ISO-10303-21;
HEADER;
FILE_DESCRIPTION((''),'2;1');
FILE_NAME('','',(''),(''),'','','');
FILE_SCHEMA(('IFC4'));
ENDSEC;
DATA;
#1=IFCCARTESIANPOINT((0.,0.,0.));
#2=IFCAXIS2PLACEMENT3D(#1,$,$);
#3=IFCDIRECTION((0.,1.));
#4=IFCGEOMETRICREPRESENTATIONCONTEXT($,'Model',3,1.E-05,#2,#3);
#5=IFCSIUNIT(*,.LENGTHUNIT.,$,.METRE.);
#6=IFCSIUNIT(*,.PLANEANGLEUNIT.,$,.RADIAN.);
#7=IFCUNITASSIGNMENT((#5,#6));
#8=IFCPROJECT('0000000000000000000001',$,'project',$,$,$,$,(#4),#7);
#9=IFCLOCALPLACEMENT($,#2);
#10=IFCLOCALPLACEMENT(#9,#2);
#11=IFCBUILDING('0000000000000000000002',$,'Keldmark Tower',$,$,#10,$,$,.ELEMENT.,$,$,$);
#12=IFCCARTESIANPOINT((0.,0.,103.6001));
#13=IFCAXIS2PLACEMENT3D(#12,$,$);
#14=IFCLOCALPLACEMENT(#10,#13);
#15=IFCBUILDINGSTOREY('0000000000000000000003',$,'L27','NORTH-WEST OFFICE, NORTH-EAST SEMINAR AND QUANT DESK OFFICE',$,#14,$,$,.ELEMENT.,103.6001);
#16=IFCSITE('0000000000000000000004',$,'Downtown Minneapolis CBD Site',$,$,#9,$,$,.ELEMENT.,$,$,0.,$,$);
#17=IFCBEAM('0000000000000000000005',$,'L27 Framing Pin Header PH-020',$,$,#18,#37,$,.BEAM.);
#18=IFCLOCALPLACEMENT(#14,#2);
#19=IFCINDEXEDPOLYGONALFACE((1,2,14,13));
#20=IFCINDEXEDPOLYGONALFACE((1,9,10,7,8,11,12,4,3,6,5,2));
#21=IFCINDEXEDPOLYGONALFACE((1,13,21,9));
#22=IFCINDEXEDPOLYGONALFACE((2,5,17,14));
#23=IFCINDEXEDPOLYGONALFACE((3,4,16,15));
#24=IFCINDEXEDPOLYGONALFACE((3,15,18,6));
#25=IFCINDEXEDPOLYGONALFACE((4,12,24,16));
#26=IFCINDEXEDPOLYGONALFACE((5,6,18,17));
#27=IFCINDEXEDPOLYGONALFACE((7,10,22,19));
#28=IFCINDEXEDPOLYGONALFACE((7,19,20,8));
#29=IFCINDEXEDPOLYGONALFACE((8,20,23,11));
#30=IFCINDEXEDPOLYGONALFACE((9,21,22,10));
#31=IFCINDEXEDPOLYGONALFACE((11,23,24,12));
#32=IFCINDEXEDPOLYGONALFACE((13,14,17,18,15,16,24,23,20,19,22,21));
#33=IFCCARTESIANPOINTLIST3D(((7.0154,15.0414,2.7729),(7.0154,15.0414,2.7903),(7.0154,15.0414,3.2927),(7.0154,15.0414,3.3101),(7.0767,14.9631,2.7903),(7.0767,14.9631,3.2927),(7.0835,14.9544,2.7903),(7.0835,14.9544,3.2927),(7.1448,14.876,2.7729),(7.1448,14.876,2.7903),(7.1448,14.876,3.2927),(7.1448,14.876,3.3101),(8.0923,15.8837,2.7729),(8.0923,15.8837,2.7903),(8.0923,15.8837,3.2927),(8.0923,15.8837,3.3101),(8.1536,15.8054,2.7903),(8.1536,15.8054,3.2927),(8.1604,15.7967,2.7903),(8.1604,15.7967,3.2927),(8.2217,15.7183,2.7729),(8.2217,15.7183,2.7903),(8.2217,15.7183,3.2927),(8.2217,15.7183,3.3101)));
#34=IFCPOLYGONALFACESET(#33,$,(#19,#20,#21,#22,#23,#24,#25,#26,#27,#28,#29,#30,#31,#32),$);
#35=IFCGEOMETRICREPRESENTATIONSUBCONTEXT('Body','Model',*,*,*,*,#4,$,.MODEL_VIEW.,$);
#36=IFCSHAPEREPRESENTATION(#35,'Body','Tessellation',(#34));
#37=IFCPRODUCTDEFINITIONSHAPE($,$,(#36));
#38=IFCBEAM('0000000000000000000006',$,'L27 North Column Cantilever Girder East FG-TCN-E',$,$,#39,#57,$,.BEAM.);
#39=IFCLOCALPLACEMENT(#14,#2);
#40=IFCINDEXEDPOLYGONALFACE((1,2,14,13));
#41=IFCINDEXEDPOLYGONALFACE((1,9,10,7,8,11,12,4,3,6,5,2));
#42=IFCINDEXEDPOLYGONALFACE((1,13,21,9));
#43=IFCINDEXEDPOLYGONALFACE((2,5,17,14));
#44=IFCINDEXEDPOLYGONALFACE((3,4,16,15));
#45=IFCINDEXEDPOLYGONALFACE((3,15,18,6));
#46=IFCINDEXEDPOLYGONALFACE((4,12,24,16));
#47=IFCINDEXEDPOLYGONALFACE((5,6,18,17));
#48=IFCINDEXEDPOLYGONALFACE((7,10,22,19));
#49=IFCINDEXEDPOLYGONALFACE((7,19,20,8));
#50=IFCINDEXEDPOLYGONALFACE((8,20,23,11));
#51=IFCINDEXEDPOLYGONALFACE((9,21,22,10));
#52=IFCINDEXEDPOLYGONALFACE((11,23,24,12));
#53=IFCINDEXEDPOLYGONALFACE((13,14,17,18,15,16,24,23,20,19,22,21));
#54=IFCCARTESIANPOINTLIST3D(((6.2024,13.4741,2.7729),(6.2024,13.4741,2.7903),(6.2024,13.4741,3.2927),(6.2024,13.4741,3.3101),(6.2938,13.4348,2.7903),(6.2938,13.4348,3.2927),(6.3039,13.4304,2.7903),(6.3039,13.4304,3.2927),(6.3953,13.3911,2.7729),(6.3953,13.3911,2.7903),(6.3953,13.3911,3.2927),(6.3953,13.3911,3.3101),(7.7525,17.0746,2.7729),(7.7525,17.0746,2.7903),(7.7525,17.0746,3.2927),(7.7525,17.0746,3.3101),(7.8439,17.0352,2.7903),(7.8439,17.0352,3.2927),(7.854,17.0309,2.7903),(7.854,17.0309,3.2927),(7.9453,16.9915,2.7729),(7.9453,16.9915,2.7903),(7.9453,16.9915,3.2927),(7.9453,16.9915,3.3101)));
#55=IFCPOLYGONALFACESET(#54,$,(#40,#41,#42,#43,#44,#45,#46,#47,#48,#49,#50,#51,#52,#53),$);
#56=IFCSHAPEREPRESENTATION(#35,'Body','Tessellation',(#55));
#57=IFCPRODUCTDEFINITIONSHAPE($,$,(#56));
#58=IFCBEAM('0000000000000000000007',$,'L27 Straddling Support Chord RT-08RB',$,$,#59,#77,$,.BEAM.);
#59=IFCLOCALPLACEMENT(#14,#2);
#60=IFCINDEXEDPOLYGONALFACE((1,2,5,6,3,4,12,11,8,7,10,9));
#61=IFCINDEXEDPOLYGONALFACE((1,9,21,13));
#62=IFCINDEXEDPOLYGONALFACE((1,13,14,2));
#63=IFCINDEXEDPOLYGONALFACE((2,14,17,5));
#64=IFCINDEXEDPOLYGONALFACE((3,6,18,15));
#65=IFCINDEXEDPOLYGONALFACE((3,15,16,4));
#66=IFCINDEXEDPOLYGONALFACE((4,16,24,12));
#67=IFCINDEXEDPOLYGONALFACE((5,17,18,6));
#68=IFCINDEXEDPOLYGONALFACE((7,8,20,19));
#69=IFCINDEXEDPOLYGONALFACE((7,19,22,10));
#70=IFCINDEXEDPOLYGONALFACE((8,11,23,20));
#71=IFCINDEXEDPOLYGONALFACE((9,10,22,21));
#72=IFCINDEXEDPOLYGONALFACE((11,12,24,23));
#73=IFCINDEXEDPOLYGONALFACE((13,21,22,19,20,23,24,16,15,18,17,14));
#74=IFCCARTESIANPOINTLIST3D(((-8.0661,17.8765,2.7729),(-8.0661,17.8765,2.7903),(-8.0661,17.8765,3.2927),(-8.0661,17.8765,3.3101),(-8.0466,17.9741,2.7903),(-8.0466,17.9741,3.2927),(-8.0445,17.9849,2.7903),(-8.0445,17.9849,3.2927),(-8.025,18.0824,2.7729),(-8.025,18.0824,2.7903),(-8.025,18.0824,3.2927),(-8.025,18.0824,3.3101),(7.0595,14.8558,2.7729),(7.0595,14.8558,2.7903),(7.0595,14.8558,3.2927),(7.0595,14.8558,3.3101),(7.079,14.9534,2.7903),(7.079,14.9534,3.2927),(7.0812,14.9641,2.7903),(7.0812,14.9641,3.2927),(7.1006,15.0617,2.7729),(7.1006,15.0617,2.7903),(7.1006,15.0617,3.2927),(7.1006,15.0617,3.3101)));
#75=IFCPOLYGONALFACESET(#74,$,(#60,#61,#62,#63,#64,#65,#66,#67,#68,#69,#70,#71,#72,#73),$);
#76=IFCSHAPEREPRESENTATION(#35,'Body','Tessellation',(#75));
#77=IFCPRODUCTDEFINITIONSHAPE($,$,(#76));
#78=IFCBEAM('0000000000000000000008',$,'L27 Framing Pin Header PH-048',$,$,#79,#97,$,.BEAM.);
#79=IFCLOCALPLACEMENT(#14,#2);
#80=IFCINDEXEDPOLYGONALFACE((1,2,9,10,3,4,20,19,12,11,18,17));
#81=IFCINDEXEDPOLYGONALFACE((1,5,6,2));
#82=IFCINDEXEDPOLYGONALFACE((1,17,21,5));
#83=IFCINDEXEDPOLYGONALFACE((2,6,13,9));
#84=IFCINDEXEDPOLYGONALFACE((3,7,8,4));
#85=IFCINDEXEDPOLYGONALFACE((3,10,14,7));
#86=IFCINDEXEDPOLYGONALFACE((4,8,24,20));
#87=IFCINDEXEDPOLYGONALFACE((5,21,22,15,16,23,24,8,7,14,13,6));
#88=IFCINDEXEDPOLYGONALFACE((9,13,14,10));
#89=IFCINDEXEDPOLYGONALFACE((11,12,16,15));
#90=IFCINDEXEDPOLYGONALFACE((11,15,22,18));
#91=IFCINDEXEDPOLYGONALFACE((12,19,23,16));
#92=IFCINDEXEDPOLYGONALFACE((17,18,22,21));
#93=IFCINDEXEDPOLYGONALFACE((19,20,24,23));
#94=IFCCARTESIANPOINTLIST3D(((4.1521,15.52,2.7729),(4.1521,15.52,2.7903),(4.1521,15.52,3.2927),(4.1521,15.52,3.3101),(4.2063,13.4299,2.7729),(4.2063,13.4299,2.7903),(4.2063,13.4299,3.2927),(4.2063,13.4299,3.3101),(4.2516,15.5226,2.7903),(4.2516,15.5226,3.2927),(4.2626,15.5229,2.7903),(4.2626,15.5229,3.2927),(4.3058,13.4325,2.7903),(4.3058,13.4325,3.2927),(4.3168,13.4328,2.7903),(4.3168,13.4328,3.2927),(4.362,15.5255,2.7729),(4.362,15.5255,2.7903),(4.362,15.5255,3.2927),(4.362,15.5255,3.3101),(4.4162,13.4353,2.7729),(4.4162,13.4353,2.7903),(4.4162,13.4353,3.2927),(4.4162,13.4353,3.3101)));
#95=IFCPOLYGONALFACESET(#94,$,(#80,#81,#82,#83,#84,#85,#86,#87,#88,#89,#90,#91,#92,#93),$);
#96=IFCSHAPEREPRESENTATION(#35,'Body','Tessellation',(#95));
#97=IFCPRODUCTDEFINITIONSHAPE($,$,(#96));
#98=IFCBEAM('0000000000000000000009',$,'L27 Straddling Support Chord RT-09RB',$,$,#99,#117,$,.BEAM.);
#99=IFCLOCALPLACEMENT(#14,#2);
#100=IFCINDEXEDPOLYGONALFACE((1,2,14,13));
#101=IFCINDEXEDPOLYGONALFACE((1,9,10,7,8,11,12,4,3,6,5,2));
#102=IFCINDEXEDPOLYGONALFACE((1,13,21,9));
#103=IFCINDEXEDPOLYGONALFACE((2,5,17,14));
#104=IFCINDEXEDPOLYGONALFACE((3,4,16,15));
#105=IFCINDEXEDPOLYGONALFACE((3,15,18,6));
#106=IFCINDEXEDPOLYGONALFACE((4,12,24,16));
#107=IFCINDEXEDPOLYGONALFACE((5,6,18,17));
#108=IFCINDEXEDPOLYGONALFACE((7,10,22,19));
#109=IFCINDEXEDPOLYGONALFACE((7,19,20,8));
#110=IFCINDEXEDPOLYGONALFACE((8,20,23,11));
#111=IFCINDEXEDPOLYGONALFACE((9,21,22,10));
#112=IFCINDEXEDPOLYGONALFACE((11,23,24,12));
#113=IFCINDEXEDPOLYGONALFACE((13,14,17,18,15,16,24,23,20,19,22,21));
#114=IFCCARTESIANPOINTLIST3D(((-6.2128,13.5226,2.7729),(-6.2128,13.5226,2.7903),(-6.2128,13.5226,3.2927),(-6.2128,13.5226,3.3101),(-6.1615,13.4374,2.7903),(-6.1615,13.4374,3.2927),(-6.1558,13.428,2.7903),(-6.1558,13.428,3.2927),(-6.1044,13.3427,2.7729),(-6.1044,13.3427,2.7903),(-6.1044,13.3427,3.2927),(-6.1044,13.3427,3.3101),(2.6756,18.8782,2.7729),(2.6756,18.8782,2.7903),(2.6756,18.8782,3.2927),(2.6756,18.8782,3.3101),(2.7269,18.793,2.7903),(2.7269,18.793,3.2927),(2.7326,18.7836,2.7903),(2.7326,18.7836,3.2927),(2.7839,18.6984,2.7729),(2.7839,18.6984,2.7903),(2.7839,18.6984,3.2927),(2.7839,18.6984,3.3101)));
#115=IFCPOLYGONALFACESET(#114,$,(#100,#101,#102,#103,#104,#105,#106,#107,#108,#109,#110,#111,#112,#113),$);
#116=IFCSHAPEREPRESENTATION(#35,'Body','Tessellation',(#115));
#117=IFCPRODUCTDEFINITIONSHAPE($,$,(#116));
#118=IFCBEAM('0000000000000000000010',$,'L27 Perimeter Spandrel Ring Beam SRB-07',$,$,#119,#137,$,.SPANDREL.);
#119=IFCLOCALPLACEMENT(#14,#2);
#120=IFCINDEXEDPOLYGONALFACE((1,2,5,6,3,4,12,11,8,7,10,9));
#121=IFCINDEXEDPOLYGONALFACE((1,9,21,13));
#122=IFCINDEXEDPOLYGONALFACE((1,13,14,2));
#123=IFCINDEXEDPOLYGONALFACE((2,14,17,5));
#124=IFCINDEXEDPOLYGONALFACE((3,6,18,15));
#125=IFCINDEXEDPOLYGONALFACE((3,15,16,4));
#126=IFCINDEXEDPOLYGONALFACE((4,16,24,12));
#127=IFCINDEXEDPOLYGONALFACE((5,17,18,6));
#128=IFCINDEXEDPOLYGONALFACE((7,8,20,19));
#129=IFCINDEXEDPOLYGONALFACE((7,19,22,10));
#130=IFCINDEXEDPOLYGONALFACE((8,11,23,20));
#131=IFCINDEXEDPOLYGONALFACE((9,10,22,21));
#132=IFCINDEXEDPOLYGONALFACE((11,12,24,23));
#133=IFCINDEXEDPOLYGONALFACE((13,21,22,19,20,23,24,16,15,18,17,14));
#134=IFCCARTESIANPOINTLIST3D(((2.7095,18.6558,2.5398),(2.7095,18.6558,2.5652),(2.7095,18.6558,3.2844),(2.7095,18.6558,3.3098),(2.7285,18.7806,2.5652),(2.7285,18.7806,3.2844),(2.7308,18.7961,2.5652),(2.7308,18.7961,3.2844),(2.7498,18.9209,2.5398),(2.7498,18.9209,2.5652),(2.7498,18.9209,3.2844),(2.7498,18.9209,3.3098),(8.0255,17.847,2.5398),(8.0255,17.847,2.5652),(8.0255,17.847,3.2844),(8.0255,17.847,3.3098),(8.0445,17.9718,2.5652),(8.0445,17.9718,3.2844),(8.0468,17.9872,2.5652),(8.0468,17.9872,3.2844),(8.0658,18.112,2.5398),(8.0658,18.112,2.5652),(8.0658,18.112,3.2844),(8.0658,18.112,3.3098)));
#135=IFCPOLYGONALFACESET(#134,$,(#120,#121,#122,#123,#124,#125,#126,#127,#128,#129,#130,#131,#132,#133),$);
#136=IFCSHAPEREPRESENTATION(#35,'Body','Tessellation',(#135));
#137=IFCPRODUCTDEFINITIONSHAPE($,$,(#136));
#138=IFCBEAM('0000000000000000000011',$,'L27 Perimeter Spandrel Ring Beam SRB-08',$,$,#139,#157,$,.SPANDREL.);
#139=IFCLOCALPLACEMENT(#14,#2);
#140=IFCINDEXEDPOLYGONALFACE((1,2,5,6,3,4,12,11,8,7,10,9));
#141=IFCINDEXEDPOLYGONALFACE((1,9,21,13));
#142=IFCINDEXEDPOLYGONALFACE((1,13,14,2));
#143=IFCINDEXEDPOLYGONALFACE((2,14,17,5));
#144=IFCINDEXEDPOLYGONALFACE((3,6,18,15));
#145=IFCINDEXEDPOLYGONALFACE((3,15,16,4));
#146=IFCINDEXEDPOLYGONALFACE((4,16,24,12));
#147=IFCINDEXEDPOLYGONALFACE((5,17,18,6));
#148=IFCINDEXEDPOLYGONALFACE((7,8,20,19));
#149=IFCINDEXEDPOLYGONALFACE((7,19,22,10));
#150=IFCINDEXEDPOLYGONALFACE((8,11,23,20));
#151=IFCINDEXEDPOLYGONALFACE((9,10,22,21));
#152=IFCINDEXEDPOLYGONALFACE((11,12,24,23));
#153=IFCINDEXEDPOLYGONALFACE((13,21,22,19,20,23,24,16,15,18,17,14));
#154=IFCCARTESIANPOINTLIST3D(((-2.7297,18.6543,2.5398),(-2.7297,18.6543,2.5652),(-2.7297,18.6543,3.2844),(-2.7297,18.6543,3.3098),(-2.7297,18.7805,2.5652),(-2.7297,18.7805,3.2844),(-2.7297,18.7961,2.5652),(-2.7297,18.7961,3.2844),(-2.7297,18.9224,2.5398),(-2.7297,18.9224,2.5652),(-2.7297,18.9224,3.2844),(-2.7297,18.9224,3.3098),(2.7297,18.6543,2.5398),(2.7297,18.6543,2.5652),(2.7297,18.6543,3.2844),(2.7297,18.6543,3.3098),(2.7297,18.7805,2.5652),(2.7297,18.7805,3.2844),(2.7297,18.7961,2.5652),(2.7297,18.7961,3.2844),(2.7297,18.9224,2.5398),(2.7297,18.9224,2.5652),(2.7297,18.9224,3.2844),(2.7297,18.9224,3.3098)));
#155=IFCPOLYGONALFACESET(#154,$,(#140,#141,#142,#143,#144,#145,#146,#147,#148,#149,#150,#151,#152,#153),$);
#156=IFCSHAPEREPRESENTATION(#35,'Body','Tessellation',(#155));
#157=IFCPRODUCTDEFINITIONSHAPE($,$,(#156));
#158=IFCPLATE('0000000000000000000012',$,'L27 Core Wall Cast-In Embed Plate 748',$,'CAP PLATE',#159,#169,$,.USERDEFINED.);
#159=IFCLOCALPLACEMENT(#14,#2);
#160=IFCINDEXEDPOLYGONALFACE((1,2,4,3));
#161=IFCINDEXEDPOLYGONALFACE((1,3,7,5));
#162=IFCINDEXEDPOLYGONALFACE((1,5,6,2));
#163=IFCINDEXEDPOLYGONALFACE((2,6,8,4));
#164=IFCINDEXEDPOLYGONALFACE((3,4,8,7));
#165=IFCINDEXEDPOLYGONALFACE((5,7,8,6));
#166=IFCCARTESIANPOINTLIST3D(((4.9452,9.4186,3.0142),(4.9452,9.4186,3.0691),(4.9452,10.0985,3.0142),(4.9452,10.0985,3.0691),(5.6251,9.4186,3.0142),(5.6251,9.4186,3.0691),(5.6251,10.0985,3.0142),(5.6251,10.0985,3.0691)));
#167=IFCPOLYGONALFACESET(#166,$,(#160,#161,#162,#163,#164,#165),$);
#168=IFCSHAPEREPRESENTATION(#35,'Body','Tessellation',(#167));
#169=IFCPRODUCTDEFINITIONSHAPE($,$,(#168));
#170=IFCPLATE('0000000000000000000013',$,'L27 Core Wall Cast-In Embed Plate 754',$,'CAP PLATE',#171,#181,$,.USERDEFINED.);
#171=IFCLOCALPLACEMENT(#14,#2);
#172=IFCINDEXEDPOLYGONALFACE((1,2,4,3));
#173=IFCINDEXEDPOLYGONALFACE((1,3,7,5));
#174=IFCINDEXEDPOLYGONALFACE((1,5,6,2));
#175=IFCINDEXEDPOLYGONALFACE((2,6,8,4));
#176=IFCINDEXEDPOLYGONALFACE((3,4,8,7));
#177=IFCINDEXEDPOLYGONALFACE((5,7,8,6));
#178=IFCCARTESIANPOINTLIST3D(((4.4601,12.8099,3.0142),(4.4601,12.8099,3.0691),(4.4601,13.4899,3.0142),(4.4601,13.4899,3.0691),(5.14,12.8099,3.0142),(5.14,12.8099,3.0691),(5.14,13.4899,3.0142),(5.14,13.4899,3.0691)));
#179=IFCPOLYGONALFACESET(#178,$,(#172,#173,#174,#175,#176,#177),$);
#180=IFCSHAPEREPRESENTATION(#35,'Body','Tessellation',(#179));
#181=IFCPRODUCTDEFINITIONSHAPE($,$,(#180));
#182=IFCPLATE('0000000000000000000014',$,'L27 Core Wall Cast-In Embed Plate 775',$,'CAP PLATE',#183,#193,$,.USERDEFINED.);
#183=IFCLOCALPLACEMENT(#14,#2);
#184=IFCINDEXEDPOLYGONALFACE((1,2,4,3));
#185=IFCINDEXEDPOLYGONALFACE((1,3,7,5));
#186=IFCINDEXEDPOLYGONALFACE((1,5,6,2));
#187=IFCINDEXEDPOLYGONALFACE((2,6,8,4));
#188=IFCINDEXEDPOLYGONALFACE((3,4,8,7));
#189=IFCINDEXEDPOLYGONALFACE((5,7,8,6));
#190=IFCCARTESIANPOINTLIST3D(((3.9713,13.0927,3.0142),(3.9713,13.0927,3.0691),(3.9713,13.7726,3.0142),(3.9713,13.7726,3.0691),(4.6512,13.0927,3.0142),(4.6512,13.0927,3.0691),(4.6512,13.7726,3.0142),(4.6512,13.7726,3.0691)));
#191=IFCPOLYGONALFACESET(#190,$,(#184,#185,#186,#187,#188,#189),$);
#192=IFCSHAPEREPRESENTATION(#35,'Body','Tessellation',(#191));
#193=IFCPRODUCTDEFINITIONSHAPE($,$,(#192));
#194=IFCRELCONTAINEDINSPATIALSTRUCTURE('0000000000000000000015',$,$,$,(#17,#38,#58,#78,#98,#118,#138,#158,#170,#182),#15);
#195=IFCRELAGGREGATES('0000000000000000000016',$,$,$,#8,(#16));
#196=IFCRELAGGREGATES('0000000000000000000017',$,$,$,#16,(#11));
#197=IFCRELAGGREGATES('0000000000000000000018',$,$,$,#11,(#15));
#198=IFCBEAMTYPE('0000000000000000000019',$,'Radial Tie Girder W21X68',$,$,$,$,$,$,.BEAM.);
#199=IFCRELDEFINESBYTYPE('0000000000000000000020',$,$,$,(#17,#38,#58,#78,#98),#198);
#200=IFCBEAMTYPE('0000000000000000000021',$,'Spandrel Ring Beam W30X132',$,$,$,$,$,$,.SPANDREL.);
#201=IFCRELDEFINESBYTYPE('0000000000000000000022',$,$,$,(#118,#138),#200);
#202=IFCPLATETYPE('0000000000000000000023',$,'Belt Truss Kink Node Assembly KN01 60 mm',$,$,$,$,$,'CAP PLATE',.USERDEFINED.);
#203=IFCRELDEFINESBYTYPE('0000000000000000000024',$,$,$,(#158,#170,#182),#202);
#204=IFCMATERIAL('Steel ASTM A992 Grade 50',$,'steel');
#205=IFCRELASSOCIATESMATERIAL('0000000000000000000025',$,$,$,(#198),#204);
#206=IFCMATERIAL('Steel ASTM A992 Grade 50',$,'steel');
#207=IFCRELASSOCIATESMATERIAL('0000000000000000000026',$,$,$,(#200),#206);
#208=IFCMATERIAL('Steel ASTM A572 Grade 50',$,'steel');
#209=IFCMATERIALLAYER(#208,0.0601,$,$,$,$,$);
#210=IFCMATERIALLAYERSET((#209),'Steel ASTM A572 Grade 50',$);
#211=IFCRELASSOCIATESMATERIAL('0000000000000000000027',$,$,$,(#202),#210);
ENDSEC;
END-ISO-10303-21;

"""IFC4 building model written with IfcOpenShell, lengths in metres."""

from ifc_helpers import new_model, si_unit, direction, frame, origin, origin_2d, place, context, subcontext, project, spatial, rectangle, i_section, extrude, material, layer, layer_set, material_profile, profile_set, type_object, element, save


model = new_model("IFC4")

# Units and contexts
model_context = context("Model", 3, precision=1e-05, world=origin(), true_north=direction((0.0, 1.0)))
body_context = subcontext(model_context, "Body", "Model", "MODEL_VIEW")
ifc_project = project(units=[si_unit("LENGTHUNIT", "METRE"), si_unit("PLANEANGLEUNIT", "RADIAN")], contexts=[model_context])

# Site, building, storey
site_placement = place(None, origin())
site = spatial("IfcSite", under=ifc_project, at=site_placement, Name="Downtown Minneapolis CBD Site", CompositionType="ELEMENT", RefElevation=0.0)
building_placement = place(site_placement, origin())
building = spatial("IfcBuilding", under=site, at=building_placement, Name="Keldmark Tower", CompositionType="ELEMENT")
storey_placement = place(building_placement, frame((0.0, 0.0, 103.6001)))
storey = spatial("IfcBuildingStorey", under=building, at=storey_placement, Name="L27", Description="NORTH-WEST OFFICE, NORTH-EAST SEMINAR AND QUANT DESK OFFICE", CompositionType="ELEMENT", Elevation=103.6001)

# Beams
ifc_material_1 = material(Name="Steel ASTM A992 Grade 50", Category="steel")
ifc_material_profile_1 = material_profile(ifc_material_1, i_section(OverallWidth=0.21, OverallDepth=0.5371, WebThickness=0.011, FlangeThickness=0.0173, at=origin_2d()), Name="W21X68")
ifc_profile_set_1 = profile_set([ifc_material_profile_1], Name="Steel ASTM A992 Grade 50")
beam_type_1 = type_object("IfcBeamType", Name="Radial Tie Girder W21X68", PredefinedType="BEAM", material=ifc_profile_set_1)
beam_1_placement = place(storey_placement, frame((7.0801, 14.9587, 3.0415), z_axis=(0.787686, 0.616077, 0.0), x_axis=(-0.616077, 0.787686, 0.0)))
element("IfcBeam", 1, at=beam_1_placement, inside=storey, type_object=beam_type_1, Name="L27 Framing Pin Header PH-020", PredefinedType="BEAM", context=body_context, shape_type="SweptSolid", body=[
    extrude(i_section(OverallWidth=0.21, OverallDepth=0.5371, WebThickness=0.011, FlangeThickness=0.0173, at=origin_2d()), origin(), (0.0, 0.0, 1.0), 1.3672),
])
beam_2_placement = place(storey_placement, frame((6.2988, 13.4326, 3.0415), z_axis=(0.395437, 0.918493, 0.0), x_axis=(-0.918493, 0.395437, 0.0)))
element("IfcBeam", 2, at=beam_2_placement, inside=storey, type_object=beam_type_1, Name="L27 North Column Cantilever Girder East FG-TCN-E", PredefinedType="BEAM", context=body_context, shape_type="SweptSolid", body=[
    extrude(i_section(OverallWidth=0.21, OverallDepth=0.5371, WebThickness=0.011, FlangeThickness=0.0173, at=origin_2d()), origin(), (0.0, 0.0, 1.0), 3.9199),
])
beam_3_placement = place(storey_placement, frame((7.0801, 14.9587, 3.0415), z_axis=(-0.980635, 0.195842, 0.0), x_axis=(-0.195842, -0.980635, 0.0)))
element("IfcBeam", 3, at=beam_3_placement, inside=storey, type_object=beam_type_1, Name="L27 Straddling Support Chord RT-08RB", PredefinedType="BEAM", context=body_context, shape_type="SweptSolid", body=[
    extrude(i_section(OverallWidth=0.21, OverallDepth=0.5371, WebThickness=0.011, FlangeThickness=0.0173, at=origin_2d()), origin(), (0.0, 0.0, 1.0), 15.4243),
])
beam_4_placement = place(storey_placement, frame((4.3113, 13.4326, 3.0415), z_axis=(-0.025923, 0.999664, 0.0), x_axis=(-0.999664, -0.025923, 0.0)))
element("IfcBeam", 4, at=beam_4_placement, inside=storey, type_object=beam_type_1, Name="L27 Framing Pin Header PH-048", PredefinedType="BEAM", context=body_context, shape_type="SweptSolid", body=[
    extrude(i_section(OverallWidth=0.21, OverallDepth=0.5371, WebThickness=0.011, FlangeThickness=0.0173, at=origin_2d()), origin(), (0.0, 0.0, 1.0), 2.0908),
])
beam_5_placement = place(storey_placement, frame((2.7297, 18.7883, 3.0415), z_axis=(-0.856528, -0.5161, 0.0), x_axis=(0.5161, -0.856528, 0.0)))
element("IfcBeam", 5, at=beam_5_placement, inside=storey, type_object=beam_type_1, Name="L27 Straddling Support Chord RT-09RB", PredefinedType="BEAM", context=body_context, shape_type="SweptSolid", body=[
    extrude(i_section(OverallWidth=0.21, OverallDepth=0.5371, WebThickness=0.011, FlangeThickness=0.0173, at=origin_2d()), origin(), (0.0, 0.0, 1.0), 10.3772),
])
ifc_material_2 = material(Name="Steel ASTM A992 Grade 50", Category="steel")
ifc_material_profile_2 = material_profile(ifc_material_2, i_section(OverallWidth=0.2681, OverallDepth=0.77, WebThickness=0.0156, FlangeThickness=0.0254, at=origin_2d()), Name="W30X132")
ifc_profile_set_2 = profile_set([ifc_material_profile_2], Name="Steel ASTM A992 Grade 50")
beam_type_2 = type_object("IfcBeamType", Name="Spandrel Ring Beam W30X132", PredefinedType="SPANDREL", material=ifc_profile_set_2)
beam_6_placement = place(storey_placement, frame((8.0457, 17.9795, 2.9248), z_axis=(-0.988622, 0.150423, 0.0), x_axis=(-0.150423, -0.988622, 0.0)))
element("IfcBeam", 6, at=beam_6_placement, inside=storey, type_object=beam_type_2, Name="L27 Perimeter Spandrel Ring Beam SRB-07", PredefinedType="SPANDREL", context=body_context, shape_type="SweptSolid", body=[
    extrude(i_section(OverallWidth=0.2681, OverallDepth=0.77, WebThickness=0.0156, FlangeThickness=0.0254, at=origin_2d()), origin(), (0.0, 0.0, 1.0), 5.3772),
])
beam_7_placement = place(storey_placement, frame((2.7297, 18.7883, 2.9248), z_axis=(-1.0, 0.0, 0.0), x_axis=(0.0, -1.0, 0.0)))
element("IfcBeam", 7, at=beam_7_placement, inside=storey, type_object=beam_type_2, Name="L27 Perimeter Spandrel Ring Beam SRB-08", PredefinedType="SPANDREL", context=body_context, shape_type="SweptSolid", body=[
    extrude(i_section(OverallWidth=0.2681, OverallDepth=0.77, WebThickness=0.0156, FlangeThickness=0.0254, at=origin_2d()), origin(), (0.0, 0.0, 1.0), 5.4595),
])

# Plates
ifc_material_3 = material(Name="Steel ASTM A572 Grade 50", Category="steel")
ifc_layer_1 = layer(ifc_material_3, 0.0601)
ifc_layer_set_1 = layer_set([ifc_layer_1], Name="Steel ASTM A572 Grade 50")
plate_type_1 = type_object("IfcPlateType", Name="Belt Truss Kink Node Assembly KN01 60 mm", ElementType="CAP PLATE", PredefinedType="USERDEFINED", material=ifc_layer_set_1)
for number, where, z_axis, x_axis, name in (
    (8, (5.2852, 9.7585, 3.0142), (0.0, 0.0, 1.0), (1.0, 0.0, 0.0), "L27 Core Wall Cast-In Embed Plate 748"),
    (9, (4.8, 13.1499, 3.0142), (0.0, 0.0, 1.0), (1.0, 0.0, 0.0), "L27 Core Wall Cast-In Embed Plate 754"),
    (10, (4.3113, 13.4326, 3.0142), (0.0, 0.0, 1.0), (1.0, 0.0, 0.0), "L27 Core Wall Cast-In Embed Plate 775"),
):
    element("IfcPlate", number, at=place(storey_placement, frame(where, z_axis=z_axis, x_axis=x_axis)), inside=storey, type_object=plate_type_1, Name=name, ObjectType="CAP PLATE", PredefinedType="USERDEFINED", context=body_context, shape_type="SweptSolid", body=[
        extrude(rectangle(XDim=0.6799, YDim=0.6799, at=origin_2d()), origin(), (0.0, 0.0, 1.0), 0.0549),
    ])

save(model, "model.ifc")
